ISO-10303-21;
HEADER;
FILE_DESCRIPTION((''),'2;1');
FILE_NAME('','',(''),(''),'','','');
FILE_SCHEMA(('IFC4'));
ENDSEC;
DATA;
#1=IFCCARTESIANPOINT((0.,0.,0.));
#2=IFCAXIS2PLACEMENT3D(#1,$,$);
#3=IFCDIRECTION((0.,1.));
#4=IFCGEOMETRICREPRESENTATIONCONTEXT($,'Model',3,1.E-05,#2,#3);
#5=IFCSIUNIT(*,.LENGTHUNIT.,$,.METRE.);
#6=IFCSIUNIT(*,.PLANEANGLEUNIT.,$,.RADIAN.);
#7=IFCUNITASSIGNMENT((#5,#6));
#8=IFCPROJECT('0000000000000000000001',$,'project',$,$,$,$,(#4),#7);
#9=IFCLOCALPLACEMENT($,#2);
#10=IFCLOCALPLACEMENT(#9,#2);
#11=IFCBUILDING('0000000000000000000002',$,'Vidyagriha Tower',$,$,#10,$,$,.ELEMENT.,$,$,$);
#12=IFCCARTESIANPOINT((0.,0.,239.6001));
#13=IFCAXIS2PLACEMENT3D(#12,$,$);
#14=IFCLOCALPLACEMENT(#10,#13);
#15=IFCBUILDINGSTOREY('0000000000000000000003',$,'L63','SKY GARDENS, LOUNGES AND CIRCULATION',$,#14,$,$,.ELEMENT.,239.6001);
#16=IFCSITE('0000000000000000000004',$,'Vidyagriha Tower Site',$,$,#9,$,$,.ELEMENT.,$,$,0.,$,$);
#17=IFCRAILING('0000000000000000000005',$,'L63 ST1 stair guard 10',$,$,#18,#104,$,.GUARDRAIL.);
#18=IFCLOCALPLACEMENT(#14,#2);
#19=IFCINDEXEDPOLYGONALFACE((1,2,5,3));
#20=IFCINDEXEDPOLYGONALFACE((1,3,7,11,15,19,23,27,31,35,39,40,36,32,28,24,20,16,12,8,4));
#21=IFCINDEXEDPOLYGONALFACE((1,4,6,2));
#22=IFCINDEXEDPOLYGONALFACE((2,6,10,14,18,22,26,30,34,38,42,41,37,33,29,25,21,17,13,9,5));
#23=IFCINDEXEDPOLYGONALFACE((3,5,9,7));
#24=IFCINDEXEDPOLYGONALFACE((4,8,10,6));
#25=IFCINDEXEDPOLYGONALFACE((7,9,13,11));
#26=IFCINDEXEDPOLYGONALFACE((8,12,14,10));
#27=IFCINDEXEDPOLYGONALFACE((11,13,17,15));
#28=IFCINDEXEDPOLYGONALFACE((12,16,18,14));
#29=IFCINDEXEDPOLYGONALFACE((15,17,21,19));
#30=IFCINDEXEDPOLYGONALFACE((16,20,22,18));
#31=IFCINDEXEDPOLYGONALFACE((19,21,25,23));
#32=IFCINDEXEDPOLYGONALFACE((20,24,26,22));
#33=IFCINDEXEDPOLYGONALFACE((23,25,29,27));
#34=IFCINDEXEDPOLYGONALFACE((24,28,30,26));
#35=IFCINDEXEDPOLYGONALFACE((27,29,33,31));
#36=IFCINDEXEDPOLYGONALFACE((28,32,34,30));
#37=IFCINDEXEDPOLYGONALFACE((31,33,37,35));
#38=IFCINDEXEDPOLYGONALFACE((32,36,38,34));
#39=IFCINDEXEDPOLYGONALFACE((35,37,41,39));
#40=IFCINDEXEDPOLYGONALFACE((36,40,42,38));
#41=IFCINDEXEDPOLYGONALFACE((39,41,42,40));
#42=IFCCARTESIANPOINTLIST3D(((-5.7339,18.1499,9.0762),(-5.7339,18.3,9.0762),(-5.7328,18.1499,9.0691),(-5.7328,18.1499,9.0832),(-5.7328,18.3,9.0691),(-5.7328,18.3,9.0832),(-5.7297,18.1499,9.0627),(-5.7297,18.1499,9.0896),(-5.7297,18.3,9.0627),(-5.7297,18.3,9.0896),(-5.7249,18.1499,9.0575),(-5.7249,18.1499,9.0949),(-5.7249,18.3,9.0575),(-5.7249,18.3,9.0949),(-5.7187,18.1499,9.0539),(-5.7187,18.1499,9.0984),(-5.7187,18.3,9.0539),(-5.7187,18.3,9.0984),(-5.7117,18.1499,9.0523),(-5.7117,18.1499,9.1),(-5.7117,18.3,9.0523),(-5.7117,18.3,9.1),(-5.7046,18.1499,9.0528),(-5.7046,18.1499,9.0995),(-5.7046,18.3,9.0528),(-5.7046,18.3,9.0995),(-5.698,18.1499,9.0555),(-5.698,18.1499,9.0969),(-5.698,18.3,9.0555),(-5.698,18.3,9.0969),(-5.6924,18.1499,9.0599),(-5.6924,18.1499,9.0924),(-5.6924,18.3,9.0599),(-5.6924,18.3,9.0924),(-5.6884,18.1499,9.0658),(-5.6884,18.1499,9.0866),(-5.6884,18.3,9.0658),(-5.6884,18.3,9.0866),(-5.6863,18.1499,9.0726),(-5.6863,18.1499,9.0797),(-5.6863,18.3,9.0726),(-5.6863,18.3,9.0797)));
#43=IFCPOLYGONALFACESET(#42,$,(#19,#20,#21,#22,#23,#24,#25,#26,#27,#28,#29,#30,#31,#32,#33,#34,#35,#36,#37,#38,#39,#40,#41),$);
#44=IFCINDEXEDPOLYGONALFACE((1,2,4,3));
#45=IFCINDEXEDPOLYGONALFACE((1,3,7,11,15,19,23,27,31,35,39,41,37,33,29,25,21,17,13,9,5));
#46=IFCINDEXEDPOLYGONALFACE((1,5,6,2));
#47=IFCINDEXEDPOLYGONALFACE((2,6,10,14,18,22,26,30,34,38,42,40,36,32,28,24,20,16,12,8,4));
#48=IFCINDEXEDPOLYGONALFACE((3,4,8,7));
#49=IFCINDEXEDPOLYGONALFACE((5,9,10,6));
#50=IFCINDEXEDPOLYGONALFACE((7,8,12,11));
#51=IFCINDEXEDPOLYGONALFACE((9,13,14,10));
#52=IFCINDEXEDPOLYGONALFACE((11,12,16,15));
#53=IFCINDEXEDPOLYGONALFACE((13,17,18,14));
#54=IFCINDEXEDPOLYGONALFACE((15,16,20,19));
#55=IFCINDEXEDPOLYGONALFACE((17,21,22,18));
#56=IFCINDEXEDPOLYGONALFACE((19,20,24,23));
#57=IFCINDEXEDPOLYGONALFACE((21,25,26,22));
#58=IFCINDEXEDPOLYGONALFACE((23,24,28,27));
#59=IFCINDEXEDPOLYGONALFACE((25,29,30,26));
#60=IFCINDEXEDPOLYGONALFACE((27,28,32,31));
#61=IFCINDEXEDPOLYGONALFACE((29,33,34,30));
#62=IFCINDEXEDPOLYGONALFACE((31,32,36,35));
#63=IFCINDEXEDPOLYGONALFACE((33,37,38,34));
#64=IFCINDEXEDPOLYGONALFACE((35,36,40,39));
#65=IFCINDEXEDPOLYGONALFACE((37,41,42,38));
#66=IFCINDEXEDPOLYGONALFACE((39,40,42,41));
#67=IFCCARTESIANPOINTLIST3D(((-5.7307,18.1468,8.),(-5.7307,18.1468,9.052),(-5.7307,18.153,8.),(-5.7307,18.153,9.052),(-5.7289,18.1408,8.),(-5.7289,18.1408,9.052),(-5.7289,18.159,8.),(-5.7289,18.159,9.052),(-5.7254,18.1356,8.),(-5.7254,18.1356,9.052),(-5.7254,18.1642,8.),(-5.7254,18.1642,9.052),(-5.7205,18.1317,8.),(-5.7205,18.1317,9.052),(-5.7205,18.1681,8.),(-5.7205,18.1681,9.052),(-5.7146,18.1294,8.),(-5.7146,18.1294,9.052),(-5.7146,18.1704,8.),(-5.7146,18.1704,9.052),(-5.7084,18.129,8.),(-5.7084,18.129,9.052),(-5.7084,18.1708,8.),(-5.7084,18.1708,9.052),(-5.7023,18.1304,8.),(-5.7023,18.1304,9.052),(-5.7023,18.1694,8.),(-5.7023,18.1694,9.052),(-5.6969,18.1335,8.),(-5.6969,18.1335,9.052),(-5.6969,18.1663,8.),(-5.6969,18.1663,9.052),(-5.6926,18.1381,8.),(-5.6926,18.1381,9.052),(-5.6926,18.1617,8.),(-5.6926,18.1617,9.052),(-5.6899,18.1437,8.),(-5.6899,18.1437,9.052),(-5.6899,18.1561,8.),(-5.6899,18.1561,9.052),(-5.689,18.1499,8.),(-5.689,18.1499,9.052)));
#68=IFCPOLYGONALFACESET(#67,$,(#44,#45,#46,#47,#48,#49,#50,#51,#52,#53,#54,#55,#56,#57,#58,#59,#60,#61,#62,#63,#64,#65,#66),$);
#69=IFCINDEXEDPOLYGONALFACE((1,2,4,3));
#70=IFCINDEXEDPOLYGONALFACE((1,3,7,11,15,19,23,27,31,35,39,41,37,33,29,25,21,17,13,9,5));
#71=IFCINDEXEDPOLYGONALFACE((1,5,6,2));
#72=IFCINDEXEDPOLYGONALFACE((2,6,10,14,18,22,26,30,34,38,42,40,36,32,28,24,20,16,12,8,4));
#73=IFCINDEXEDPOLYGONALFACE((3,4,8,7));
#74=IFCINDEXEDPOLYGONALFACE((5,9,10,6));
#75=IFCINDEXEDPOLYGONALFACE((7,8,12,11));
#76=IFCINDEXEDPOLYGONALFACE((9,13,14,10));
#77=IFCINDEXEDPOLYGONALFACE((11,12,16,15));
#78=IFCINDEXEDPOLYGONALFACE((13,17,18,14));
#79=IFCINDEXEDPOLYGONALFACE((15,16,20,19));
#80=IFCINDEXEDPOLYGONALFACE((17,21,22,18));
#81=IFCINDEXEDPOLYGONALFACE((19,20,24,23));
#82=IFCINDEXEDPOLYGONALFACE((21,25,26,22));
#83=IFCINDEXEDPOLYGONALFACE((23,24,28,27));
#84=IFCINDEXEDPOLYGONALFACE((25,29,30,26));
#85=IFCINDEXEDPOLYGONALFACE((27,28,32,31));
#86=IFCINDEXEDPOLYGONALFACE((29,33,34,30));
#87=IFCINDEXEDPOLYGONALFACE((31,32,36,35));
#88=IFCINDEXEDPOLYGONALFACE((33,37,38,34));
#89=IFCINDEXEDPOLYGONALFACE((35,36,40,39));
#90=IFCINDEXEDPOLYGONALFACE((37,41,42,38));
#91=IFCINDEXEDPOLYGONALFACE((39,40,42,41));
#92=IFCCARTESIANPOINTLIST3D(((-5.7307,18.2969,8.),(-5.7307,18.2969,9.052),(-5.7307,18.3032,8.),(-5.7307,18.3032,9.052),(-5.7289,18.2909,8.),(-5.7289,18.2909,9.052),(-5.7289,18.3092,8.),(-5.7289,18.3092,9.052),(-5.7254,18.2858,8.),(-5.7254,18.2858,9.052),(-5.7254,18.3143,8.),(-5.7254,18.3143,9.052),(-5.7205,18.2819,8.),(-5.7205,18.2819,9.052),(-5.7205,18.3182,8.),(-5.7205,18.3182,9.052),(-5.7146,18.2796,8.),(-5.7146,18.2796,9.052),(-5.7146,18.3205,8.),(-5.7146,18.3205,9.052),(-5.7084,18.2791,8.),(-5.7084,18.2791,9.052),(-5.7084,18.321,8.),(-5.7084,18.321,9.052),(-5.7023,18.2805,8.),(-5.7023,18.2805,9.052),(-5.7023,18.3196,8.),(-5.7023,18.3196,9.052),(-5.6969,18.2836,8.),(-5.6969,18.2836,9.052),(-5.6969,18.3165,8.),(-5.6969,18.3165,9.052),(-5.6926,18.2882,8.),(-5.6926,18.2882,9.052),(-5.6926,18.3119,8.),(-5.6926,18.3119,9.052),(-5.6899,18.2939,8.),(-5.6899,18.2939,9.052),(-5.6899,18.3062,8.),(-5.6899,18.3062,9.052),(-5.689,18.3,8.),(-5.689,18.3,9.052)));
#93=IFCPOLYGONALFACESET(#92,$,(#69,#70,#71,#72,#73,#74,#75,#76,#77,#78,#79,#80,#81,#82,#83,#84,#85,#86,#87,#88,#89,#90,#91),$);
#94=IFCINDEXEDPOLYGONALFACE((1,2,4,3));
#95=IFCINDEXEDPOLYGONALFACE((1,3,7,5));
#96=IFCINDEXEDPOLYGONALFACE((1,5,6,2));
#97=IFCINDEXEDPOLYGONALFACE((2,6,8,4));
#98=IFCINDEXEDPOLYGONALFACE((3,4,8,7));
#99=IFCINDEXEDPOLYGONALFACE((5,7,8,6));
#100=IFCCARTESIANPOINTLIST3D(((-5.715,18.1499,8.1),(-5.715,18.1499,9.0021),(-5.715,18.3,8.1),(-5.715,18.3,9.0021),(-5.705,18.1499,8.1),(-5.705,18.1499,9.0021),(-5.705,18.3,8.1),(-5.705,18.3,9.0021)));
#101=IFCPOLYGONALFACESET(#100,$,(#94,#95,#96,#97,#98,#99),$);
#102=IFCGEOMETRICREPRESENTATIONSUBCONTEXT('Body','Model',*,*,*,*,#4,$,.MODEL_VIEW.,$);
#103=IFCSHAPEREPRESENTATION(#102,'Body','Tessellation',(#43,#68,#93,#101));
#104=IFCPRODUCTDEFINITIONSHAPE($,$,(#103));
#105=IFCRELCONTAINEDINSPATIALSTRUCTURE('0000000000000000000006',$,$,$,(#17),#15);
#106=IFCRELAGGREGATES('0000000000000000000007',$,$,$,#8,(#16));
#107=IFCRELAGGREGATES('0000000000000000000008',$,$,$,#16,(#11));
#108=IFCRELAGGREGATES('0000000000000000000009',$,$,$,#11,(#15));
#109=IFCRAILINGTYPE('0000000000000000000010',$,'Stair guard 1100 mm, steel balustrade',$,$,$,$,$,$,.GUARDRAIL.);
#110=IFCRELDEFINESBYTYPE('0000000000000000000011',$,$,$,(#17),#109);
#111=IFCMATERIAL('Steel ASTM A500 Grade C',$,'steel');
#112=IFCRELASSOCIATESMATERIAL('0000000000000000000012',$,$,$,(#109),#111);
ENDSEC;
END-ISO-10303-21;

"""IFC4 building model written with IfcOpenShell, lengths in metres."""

from ifc_helpers import new_model, si_unit, direction, frame, origin, origin_2d, place, context, subcontext, project, spatial, rectangle, circle, extrude, material, type_object, element, save


model = new_model("IFC4")

# Units and contexts
model_context = context("Model", 3, precision=1e-05, world=origin(), true_north=direction((0.0, 1.0)))
body_context = subcontext(model_context, "Body", "Model", "MODEL_VIEW")
ifc_project = project(units=[si_unit("LENGTHUNIT", "METRE"), si_unit("PLANEANGLEUNIT", "RADIAN")], contexts=[model_context])

# Site, building, storey
site_placement = place(None, origin())
site = spatial("IfcSite", under=ifc_project, at=site_placement, Name="Vidyagriha Tower Site", CompositionType="ELEMENT", RefElevation=0.0)
building_placement = place(site_placement, origin())
building = spatial("IfcBuilding", under=site, at=building_placement, Name="Vidyagriha Tower", CompositionType="ELEMENT")
storey_placement = place(building_placement, frame((0.0, 0.0, 239.6001)))
storey = spatial("IfcBuildingStorey", under=building, at=storey_placement, Name="L63", Description="SKY GARDENS, LOUNGES AND CIRCULATION", CompositionType="ELEMENT", Elevation=239.6001)

# Railing
ifc_material_1 = material(Name="Steel ASTM A500 Grade C", Category="steel")
railing_type_1 = type_object("IfcRailingType", Name="Stair guard 1100 mm, steel balustrade", PredefinedType="GUARDRAIL", material=ifc_material_1)
railing_1_placement = place(storey_placement, frame((-5.71, 18.1499, 8.0)))
element("IfcRailing", 1, at=railing_1_placement, inside=storey, type_object=railing_type_1, Name="L63 ST1 stair guard 10", PredefinedType="GUARDRAIL", context=body_context, shape_type="SweptSolid", body=[
    extrude(circle(Radius=0.0239, at=origin_2d()), frame((0.0, 0.0, 1.0762), z_axis=(0.0, 1.0, 0.0), x_axis=(-1.0, 0.0, 0.0)), (0.0, 0.0, 1.0), 0.1501),
    extrude(circle(Radius=0.021, at=origin_2d()), origin(), (0.0, 0.0, 1.0), 1.052),
    extrude(circle(Radius=0.021, at=origin_2d()), frame((0.0, 0.1501, 0.0)), (0.0, 0.0, 1.0), 1.052),
    extrude(rectangle(XDim=0.01, YDim=0.9021, at=origin_2d()), frame((0.0, 0.0, 0.551), z_axis=(0.0, 1.0, 0.0), x_axis=(-1.0, 0.0, 0.0)), (0.0, 0.0, 1.0), 0.1501),
])

save(model, "model.ifc")
